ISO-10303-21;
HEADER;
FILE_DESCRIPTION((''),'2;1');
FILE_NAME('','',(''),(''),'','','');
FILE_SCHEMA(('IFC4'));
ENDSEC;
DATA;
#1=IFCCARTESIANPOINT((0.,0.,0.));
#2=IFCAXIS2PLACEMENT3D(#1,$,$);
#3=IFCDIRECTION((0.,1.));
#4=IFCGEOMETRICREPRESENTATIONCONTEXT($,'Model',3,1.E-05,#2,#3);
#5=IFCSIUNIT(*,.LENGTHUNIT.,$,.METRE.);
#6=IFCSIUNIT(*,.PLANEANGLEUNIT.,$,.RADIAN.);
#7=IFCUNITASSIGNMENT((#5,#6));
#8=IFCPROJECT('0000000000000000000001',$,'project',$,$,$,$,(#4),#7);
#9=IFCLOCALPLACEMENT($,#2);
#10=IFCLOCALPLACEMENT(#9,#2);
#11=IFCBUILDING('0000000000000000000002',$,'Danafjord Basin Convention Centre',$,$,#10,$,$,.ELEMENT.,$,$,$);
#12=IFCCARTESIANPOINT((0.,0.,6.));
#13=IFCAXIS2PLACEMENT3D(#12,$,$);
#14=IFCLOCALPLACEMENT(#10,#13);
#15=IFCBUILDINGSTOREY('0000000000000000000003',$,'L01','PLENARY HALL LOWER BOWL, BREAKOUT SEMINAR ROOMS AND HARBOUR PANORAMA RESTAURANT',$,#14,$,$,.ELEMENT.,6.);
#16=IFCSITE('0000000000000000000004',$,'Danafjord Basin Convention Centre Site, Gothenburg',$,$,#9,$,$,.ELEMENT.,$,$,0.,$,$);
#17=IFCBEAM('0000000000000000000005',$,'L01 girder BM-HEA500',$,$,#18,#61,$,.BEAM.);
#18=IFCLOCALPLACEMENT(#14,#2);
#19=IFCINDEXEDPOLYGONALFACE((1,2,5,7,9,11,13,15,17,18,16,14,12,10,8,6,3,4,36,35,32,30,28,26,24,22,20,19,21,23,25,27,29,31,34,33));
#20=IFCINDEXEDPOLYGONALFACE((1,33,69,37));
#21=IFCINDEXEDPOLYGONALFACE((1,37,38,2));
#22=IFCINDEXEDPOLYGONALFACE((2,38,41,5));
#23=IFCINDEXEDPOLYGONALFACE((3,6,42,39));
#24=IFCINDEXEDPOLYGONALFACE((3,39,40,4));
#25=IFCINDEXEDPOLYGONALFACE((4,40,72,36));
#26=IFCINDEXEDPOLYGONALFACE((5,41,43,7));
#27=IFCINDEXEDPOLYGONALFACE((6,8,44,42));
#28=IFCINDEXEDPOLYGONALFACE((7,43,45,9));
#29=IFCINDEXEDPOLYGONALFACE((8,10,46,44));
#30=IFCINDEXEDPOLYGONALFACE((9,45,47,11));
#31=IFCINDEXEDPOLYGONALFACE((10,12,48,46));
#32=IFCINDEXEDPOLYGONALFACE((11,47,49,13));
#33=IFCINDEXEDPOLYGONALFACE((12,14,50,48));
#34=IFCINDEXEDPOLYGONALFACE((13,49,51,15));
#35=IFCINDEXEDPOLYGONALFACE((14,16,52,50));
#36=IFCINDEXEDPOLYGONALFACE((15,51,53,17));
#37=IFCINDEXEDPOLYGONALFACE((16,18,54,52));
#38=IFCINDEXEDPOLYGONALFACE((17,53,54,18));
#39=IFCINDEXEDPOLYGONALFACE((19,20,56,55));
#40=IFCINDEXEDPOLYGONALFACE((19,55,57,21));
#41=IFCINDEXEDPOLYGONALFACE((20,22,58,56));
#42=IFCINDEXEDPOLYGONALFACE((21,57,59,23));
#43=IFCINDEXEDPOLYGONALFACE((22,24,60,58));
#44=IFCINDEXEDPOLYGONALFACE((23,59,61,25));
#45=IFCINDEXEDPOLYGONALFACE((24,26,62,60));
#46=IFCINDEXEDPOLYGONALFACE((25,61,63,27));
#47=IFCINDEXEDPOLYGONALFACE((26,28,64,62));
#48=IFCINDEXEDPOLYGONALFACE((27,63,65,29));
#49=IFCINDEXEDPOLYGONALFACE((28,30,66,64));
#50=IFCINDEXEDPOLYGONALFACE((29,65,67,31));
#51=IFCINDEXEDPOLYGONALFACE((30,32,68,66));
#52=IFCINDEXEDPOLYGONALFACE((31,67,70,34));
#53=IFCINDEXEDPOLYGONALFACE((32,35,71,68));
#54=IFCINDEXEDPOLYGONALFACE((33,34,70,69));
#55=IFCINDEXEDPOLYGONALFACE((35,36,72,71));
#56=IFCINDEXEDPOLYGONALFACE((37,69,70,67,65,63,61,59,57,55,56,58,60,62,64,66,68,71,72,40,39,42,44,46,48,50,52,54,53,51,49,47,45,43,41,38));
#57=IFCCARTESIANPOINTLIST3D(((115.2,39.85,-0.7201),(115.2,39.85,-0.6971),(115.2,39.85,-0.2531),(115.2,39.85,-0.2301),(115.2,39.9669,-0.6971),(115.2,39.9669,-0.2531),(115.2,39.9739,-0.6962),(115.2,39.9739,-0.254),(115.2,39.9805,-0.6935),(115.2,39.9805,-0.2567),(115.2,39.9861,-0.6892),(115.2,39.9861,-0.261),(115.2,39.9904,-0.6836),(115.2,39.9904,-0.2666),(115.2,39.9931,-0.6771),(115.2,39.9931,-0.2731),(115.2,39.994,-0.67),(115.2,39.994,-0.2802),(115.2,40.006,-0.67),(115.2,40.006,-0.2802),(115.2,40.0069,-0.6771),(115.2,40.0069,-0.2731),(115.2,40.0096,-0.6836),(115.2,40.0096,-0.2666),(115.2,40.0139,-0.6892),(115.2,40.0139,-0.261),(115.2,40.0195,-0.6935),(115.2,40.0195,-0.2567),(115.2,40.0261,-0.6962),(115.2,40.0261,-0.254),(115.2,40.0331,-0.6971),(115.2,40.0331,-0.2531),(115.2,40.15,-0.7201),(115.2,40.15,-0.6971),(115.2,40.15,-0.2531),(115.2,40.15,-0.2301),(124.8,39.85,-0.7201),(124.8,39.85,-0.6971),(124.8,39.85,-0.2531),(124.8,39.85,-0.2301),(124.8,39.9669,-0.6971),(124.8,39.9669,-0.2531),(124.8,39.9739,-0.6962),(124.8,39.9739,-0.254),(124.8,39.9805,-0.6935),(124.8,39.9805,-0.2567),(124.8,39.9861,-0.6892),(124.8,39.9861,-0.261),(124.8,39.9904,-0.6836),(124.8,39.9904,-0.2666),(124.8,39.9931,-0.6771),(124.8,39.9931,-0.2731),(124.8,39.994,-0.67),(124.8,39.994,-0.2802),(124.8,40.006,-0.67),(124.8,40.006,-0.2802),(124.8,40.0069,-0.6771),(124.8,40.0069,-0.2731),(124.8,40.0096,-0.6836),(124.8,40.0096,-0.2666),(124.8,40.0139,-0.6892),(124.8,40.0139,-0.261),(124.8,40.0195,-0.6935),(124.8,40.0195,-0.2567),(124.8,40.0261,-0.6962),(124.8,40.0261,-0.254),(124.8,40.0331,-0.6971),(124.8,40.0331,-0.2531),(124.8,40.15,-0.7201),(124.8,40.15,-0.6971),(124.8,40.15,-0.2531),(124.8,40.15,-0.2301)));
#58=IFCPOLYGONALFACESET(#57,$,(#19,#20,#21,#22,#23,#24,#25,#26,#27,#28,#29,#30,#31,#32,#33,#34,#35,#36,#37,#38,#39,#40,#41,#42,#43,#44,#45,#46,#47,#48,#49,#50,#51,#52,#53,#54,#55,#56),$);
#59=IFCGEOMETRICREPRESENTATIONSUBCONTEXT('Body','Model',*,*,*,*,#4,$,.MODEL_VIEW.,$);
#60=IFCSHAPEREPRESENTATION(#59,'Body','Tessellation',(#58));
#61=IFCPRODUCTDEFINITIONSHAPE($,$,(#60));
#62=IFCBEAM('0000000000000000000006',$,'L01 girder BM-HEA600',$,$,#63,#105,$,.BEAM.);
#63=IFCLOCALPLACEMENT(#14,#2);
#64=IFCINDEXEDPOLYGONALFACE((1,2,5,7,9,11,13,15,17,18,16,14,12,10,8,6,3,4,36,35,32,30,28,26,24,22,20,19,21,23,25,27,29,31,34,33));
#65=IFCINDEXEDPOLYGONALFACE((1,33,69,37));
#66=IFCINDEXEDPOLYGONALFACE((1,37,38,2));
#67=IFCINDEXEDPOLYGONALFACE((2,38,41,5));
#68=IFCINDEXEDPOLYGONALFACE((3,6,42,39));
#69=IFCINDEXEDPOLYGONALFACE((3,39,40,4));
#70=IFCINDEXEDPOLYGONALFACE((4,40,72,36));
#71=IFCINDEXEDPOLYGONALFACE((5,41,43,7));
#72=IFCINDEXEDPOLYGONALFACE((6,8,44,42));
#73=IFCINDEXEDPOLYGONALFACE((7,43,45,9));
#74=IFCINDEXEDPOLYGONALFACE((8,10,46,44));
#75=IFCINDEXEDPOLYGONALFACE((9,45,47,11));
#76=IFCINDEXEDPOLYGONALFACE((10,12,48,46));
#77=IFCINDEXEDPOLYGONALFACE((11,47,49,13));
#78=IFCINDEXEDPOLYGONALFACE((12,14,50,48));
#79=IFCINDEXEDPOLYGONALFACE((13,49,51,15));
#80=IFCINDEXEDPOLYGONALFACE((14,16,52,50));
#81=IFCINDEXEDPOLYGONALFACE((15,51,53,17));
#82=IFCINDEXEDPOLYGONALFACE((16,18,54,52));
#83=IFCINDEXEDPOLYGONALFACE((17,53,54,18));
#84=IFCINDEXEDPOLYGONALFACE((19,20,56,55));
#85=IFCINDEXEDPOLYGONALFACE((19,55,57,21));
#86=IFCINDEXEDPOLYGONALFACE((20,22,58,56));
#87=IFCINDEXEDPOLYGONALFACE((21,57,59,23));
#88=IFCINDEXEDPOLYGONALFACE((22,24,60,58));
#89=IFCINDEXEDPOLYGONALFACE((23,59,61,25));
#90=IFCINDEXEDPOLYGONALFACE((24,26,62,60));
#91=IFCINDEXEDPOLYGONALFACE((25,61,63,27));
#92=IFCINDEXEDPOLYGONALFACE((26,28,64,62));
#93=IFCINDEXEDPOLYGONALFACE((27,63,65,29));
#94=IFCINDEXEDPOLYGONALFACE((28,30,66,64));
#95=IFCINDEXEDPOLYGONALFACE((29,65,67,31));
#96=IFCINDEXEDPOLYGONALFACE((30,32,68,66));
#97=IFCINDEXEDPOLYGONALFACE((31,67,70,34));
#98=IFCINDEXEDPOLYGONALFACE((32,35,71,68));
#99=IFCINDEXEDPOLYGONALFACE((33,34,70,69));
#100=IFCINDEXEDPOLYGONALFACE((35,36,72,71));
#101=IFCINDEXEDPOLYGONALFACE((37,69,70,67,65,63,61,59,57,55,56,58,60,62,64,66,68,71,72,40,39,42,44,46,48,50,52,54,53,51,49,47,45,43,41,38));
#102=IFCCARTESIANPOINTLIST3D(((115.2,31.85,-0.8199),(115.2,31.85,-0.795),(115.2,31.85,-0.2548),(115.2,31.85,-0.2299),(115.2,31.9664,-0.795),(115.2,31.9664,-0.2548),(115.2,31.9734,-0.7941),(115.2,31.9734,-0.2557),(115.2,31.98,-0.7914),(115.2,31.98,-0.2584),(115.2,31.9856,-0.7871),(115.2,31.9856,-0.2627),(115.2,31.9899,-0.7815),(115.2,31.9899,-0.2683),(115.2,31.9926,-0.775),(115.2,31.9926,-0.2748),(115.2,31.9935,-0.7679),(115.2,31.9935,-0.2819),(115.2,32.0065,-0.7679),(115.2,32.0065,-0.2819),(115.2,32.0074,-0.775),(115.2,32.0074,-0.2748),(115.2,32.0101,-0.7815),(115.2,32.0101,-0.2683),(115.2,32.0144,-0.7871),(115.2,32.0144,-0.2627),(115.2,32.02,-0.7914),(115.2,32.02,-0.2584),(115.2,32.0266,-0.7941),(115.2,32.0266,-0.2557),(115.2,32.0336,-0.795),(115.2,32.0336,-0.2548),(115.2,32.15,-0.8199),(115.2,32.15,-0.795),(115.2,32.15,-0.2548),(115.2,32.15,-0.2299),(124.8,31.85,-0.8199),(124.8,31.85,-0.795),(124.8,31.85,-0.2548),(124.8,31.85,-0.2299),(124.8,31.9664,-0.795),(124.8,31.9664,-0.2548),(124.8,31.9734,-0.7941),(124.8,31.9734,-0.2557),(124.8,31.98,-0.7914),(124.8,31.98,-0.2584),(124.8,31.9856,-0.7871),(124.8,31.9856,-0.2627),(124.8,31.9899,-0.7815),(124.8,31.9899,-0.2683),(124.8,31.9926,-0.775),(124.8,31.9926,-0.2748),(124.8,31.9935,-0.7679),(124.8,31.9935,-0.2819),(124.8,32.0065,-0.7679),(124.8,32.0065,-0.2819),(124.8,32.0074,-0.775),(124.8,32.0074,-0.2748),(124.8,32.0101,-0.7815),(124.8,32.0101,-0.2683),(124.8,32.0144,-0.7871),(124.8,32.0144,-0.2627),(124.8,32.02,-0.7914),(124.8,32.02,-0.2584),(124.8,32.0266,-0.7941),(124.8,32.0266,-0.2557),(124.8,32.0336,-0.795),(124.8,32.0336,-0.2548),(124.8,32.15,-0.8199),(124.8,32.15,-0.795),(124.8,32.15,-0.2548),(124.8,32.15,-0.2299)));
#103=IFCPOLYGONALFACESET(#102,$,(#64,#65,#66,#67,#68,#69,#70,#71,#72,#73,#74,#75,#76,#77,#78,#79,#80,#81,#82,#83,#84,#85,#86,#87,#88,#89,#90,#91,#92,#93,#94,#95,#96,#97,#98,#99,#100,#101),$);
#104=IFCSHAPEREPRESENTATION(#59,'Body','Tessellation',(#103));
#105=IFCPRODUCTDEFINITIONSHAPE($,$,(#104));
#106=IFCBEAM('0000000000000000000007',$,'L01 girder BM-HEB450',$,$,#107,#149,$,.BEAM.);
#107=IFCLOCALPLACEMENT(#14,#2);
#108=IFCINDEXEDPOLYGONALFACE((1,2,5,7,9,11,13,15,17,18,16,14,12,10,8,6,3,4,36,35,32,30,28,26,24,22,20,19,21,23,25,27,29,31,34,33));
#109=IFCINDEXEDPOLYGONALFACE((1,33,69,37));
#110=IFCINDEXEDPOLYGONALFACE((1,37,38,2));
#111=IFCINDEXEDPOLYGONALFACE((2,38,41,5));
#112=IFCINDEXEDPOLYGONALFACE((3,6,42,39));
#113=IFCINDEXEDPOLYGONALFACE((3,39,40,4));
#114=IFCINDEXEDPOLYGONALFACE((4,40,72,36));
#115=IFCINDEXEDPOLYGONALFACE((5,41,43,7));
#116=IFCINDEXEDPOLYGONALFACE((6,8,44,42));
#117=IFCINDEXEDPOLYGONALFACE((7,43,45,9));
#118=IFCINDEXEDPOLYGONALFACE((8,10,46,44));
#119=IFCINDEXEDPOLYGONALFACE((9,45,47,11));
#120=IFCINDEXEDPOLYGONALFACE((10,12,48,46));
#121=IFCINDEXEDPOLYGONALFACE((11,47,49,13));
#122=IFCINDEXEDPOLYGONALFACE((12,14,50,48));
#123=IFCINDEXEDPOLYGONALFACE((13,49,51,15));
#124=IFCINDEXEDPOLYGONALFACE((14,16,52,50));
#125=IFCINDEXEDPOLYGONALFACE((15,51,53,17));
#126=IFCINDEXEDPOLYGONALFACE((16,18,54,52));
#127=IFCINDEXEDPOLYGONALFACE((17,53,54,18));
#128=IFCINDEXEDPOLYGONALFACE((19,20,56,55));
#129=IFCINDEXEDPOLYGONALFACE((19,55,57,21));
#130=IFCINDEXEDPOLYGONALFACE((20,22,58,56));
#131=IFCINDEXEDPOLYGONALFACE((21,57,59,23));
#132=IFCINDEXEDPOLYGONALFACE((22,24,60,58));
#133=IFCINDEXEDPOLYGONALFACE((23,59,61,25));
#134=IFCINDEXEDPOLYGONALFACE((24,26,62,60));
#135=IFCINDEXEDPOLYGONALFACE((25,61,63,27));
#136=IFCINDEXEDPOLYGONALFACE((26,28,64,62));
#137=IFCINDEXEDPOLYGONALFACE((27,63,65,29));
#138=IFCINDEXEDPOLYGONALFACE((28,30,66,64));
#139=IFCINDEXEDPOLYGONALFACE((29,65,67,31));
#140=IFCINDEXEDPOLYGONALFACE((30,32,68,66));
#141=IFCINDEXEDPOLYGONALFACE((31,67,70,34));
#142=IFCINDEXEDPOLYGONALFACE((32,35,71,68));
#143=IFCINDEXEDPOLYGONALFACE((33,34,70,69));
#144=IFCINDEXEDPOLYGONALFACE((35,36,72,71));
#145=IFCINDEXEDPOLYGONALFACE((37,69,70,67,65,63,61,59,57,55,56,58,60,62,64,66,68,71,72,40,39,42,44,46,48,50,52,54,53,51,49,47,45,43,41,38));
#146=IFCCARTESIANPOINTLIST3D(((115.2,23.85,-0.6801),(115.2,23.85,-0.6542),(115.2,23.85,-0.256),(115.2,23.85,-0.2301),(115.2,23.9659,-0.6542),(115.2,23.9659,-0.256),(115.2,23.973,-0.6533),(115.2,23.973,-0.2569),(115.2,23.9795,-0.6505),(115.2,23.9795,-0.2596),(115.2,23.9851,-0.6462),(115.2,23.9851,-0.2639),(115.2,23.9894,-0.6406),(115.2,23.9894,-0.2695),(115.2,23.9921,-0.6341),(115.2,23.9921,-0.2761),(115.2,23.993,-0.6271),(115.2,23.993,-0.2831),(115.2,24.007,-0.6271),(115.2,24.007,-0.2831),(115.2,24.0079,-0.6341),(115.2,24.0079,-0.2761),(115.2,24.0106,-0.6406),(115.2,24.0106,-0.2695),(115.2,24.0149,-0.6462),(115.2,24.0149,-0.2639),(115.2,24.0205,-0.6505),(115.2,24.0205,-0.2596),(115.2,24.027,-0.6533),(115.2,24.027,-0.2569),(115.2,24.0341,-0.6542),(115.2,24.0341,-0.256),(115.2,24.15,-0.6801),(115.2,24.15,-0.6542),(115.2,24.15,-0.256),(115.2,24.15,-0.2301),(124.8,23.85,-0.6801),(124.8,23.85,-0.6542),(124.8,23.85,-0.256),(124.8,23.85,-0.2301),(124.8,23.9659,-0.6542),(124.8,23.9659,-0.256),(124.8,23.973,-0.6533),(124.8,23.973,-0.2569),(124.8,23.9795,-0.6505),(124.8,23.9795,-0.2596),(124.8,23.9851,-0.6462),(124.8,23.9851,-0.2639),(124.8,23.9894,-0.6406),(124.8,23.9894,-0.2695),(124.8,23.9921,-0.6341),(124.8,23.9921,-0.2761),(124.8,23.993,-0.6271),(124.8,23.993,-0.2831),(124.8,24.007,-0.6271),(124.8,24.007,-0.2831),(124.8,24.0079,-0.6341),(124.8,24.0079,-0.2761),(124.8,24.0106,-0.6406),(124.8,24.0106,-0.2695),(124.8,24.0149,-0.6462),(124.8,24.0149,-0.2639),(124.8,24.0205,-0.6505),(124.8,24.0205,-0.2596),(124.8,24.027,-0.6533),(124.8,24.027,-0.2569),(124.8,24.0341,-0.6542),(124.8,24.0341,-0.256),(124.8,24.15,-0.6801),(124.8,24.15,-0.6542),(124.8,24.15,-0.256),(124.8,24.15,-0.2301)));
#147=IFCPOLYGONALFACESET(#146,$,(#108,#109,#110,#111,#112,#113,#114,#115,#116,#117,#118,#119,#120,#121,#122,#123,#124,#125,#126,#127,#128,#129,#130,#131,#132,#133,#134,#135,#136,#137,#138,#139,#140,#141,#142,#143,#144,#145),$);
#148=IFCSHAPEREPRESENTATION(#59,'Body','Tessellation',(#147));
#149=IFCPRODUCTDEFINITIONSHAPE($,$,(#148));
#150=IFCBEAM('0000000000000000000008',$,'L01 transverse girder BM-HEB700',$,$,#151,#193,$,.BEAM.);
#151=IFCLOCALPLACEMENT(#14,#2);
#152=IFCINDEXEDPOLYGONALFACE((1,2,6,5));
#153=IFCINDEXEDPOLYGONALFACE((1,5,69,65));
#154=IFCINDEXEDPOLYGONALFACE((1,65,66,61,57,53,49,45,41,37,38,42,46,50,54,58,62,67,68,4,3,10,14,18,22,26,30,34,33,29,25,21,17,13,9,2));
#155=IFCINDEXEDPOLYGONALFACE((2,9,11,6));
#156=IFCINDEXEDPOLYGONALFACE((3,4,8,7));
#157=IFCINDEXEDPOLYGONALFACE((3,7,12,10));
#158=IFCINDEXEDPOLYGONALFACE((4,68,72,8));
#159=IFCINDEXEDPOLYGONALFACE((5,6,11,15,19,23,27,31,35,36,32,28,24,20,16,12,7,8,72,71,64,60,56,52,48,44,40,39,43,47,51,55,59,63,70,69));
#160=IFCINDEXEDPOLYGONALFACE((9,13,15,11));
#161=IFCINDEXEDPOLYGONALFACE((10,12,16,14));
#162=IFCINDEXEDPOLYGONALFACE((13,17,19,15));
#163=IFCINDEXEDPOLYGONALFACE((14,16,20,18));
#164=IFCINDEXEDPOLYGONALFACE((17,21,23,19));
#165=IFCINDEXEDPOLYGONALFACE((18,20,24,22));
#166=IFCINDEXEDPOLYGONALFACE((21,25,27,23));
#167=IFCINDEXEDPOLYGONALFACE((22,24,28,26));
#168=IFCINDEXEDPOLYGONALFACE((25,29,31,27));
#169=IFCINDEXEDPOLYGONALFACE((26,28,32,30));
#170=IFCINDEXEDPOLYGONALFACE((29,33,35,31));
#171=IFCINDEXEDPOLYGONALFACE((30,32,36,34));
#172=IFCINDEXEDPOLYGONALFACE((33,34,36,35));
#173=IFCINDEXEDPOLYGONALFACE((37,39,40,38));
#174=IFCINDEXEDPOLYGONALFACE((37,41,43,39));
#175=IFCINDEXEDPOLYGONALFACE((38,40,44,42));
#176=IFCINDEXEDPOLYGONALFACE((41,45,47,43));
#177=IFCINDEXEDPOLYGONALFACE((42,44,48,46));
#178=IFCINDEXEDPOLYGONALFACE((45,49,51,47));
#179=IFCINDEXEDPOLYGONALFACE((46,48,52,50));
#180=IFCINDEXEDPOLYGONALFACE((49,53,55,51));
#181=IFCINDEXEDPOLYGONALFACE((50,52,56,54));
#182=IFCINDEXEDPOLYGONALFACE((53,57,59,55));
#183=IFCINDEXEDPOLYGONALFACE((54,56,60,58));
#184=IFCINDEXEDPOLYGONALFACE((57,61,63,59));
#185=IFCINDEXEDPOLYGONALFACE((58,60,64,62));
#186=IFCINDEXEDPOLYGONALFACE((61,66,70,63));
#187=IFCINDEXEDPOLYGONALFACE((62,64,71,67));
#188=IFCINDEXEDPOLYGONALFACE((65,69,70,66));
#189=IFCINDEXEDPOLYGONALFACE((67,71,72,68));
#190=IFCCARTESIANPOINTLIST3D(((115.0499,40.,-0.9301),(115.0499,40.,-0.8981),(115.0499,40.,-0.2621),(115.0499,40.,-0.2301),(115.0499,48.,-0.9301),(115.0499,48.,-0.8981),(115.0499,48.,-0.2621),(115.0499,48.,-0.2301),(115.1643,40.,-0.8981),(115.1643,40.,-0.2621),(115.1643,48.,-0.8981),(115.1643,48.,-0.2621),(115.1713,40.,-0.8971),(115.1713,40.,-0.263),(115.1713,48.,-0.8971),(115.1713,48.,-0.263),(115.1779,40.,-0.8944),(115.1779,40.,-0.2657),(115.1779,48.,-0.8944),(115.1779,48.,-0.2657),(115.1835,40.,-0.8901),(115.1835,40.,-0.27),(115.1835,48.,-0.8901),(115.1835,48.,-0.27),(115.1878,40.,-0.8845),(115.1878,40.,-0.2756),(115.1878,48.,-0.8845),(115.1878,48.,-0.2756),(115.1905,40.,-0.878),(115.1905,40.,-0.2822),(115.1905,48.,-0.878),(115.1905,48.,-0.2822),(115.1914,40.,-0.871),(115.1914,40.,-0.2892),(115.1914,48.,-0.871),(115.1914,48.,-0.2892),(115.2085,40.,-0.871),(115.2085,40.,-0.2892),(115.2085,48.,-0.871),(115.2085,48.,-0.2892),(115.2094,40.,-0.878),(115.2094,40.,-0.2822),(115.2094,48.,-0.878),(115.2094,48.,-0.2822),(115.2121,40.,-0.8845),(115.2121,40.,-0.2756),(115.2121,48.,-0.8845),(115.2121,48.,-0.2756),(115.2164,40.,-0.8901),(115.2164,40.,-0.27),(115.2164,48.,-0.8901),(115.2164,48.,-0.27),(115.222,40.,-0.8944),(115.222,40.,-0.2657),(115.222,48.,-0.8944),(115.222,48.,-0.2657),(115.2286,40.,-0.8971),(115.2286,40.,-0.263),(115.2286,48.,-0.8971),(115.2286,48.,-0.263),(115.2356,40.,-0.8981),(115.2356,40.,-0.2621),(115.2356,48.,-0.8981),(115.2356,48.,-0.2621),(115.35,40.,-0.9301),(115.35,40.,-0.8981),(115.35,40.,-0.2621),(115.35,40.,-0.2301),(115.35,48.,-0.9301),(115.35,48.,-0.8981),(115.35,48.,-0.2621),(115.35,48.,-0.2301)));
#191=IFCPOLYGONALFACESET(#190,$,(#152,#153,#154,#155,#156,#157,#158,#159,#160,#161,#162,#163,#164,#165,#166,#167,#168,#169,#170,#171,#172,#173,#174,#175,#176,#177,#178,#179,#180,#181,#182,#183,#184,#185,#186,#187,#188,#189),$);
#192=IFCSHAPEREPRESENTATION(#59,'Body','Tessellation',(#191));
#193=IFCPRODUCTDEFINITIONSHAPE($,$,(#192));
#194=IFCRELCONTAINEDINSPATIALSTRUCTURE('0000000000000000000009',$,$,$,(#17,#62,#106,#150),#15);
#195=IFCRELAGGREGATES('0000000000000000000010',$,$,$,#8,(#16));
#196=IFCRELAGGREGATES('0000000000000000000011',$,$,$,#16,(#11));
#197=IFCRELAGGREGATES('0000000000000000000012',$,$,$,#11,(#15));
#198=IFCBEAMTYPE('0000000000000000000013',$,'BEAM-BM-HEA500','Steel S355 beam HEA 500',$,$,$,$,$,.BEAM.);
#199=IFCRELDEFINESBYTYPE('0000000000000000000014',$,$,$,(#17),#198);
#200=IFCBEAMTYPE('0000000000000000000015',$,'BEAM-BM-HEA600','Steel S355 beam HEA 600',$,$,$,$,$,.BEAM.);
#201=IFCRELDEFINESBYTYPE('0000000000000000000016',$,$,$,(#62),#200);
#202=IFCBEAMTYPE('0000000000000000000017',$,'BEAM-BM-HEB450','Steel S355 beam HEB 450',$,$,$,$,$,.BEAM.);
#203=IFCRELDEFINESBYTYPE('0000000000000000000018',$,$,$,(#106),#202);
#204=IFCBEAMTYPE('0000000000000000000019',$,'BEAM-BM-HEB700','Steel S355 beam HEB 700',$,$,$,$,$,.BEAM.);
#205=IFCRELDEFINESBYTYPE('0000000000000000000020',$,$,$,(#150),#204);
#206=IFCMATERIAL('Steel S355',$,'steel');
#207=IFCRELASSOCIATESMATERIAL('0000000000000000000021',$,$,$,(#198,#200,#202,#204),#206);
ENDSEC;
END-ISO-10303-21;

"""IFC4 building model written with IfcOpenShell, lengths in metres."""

from ifc_helpers import new_model, si_unit, direction, frame, origin, origin_2d, place, context, subcontext, project, spatial, i_section, extrude, material, material_profile, profile_set, type_object, element, save


model = new_model("IFC4")

# Units and contexts
model_context = context("Model", 3, precision=1e-05, world=origin(), true_north=direction((0.0, 1.0)))
body_context = subcontext(model_context, "Body", "Model", "MODEL_VIEW")
ifc_project = project(units=[si_unit("LENGTHUNIT", "METRE"), si_unit("PLANEANGLEUNIT", "RADIAN")], contexts=[model_context])

# Site, building, storey
site_placement = place(None, origin())
site = spatial("IfcSite", under=ifc_project, at=site_placement, Name="Danafjord Basin Convention Centre Site, Gothenburg", CompositionType="ELEMENT", RefElevation=0.0)
building_placement = place(site_placement, origin())
building = spatial("IfcBuilding", under=site, at=building_placement, Name="Danafjord Basin Convention Centre", CompositionType="ELEMENT")
storey_placement = place(building_placement, frame((0.0, 0.0, 6.0)))
storey = spatial("IfcBuildingStorey", under=building, at=storey_placement, Name="L01", Description="PLENARY HALL LOWER BOWL, BREAKOUT SEMINAR ROOMS AND HARBOUR PANORAMA RESTAURANT", CompositionType="ELEMENT", Elevation=6.0)

# Shared definitions
ifc_material_1 = material(Name="Steel S355", Category="steel")

# Beams
ifc_material_profile_1 = material_profile(ifc_material_1, i_section(OverallWidth=0.3, OverallDepth=0.49, WebThickness=0.012, FlangeThickness=0.0229, FilletRadius=0.0271, at=origin_2d()), Name="HEA 500")
ifc_profile_set_1 = profile_set([ifc_material_profile_1], Name="Steel S355")
beam_type_1 = type_object("IfcBeamType", Name="BEAM-BM-HEA500", Description="Steel S355 beam HEA 500", PredefinedType="BEAM", material=ifc_profile_set_1)
beam_1_placement = place(storey_placement, frame((115.2, 40.0, -0.4751), z_axis=(1.0, 0.0, 0.0), x_axis=(0.0, 1.0, 0.0)))
element("IfcBeam", 1, at=beam_1_placement, inside=storey, type_object=beam_type_1, Name="L01 girder BM-HEA500", PredefinedType="BEAM", context=body_context, shape_type="SweptSolid", body=[
    extrude(i_section(OverallWidth=0.3, OverallDepth=0.49, WebThickness=0.012, FlangeThickness=0.0229, FilletRadius=0.0271, at=origin_2d()), origin(), (0.0, 0.0, 1.0), 9.6001),
])
ifc_material_profile_2 = material_profile(ifc_material_1, i_section(OverallWidth=0.3, OverallDepth=0.5901, WebThickness=0.0129, FlangeThickness=0.0249, FilletRadius=0.0271, at=origin_2d()), Name="HEA 600")
ifc_profile_set_2 = profile_set([ifc_material_profile_2], Name="Steel S355")
beam_type_2 = type_object("IfcBeamType", Name="BEAM-BM-HEA600", Description="Steel S355 beam HEA 600", PredefinedType="BEAM", material=ifc_profile_set_2)
beam_2_placement = place(storey_placement, frame((115.2, 32.0, -0.5249), z_axis=(1.0, 0.0, 0.0), x_axis=(0.0, 1.0, 0.0)))
element("IfcBeam", 2, at=beam_2_placement, inside=storey, type_object=beam_type_2, Name="L01 girder BM-HEA600", PredefinedType="BEAM", context=body_context, shape_type="SweptSolid", body=[
    extrude(i_section(OverallWidth=0.3, OverallDepth=0.5901, WebThickness=0.0129, FlangeThickness=0.0249, FilletRadius=0.0271, at=origin_2d()), origin(), (0.0, 0.0, 1.0), 9.6001),
])
ifc_material_profile_3 = material_profile(ifc_material_1, i_section(OverallWidth=0.3, OverallDepth=0.45, WebThickness=0.0139, FlangeThickness=0.0259, FilletRadius=0.0271, at=origin_2d()), Name="HEB 450")
ifc_profile_set_3 = profile_set([ifc_material_profile_3], Name="Steel S355")
beam_type_3 = type_object("IfcBeamType", Name="BEAM-BM-HEB450", Description="Steel S355 beam HEB 450", PredefinedType="BEAM", material=ifc_profile_set_3)
beam_3_placement = place(storey_placement, frame((115.2, 24.0, -0.4551), z_axis=(1.0, 0.0, 0.0), x_axis=(0.0, 1.0, 0.0)))
element("IfcBeam", 3, at=beam_3_placement, inside=storey, type_object=beam_type_3, Name="L01 girder BM-HEB450", PredefinedType="BEAM", context=body_context, shape_type="SweptSolid", body=[
    extrude(i_section(OverallWidth=0.3, OverallDepth=0.45, WebThickness=0.0139, FlangeThickness=0.0259, FilletRadius=0.0271, at=origin_2d()), origin(), (0.0, 0.0, 1.0), 9.6001),
])
ifc_material_profile_4 = material_profile(ifc_material_1, i_section(OverallWidth=0.3, OverallDepth=0.7, WebThickness=0.0171, FlangeThickness=0.032, FilletRadius=0.0271, at=origin_2d()), Name="HEB 700")
ifc_profile_set_4 = profile_set([ifc_material_profile_4], Name="Steel S355")
beam_type_4 = type_object("IfcBeamType", Name="BEAM-BM-HEB700", Description="Steel S355 beam HEB 700", PredefinedType="BEAM", material=ifc_profile_set_4)
beam_4_placement = place(storey_placement, frame((115.2, 40.0, -0.5801), z_axis=(0.0, 1.0, 0.0), x_axis=(-1.0, 0.0, 0.0)))
element("IfcBeam", 4, at=beam_4_placement, inside=storey, type_object=beam_type_4, Name="L01 transverse girder BM-HEB700", PredefinedType="BEAM", context=body_context, shape_type="SweptSolid", body=[
    extrude(i_section(OverallWidth=0.3, OverallDepth=0.7, WebThickness=0.0171, FlangeThickness=0.032, FilletRadius=0.0271, at=origin_2d()), origin(), (0.0, 0.0, 1.0), 8.0),
])

save(model, "model.ifc")
